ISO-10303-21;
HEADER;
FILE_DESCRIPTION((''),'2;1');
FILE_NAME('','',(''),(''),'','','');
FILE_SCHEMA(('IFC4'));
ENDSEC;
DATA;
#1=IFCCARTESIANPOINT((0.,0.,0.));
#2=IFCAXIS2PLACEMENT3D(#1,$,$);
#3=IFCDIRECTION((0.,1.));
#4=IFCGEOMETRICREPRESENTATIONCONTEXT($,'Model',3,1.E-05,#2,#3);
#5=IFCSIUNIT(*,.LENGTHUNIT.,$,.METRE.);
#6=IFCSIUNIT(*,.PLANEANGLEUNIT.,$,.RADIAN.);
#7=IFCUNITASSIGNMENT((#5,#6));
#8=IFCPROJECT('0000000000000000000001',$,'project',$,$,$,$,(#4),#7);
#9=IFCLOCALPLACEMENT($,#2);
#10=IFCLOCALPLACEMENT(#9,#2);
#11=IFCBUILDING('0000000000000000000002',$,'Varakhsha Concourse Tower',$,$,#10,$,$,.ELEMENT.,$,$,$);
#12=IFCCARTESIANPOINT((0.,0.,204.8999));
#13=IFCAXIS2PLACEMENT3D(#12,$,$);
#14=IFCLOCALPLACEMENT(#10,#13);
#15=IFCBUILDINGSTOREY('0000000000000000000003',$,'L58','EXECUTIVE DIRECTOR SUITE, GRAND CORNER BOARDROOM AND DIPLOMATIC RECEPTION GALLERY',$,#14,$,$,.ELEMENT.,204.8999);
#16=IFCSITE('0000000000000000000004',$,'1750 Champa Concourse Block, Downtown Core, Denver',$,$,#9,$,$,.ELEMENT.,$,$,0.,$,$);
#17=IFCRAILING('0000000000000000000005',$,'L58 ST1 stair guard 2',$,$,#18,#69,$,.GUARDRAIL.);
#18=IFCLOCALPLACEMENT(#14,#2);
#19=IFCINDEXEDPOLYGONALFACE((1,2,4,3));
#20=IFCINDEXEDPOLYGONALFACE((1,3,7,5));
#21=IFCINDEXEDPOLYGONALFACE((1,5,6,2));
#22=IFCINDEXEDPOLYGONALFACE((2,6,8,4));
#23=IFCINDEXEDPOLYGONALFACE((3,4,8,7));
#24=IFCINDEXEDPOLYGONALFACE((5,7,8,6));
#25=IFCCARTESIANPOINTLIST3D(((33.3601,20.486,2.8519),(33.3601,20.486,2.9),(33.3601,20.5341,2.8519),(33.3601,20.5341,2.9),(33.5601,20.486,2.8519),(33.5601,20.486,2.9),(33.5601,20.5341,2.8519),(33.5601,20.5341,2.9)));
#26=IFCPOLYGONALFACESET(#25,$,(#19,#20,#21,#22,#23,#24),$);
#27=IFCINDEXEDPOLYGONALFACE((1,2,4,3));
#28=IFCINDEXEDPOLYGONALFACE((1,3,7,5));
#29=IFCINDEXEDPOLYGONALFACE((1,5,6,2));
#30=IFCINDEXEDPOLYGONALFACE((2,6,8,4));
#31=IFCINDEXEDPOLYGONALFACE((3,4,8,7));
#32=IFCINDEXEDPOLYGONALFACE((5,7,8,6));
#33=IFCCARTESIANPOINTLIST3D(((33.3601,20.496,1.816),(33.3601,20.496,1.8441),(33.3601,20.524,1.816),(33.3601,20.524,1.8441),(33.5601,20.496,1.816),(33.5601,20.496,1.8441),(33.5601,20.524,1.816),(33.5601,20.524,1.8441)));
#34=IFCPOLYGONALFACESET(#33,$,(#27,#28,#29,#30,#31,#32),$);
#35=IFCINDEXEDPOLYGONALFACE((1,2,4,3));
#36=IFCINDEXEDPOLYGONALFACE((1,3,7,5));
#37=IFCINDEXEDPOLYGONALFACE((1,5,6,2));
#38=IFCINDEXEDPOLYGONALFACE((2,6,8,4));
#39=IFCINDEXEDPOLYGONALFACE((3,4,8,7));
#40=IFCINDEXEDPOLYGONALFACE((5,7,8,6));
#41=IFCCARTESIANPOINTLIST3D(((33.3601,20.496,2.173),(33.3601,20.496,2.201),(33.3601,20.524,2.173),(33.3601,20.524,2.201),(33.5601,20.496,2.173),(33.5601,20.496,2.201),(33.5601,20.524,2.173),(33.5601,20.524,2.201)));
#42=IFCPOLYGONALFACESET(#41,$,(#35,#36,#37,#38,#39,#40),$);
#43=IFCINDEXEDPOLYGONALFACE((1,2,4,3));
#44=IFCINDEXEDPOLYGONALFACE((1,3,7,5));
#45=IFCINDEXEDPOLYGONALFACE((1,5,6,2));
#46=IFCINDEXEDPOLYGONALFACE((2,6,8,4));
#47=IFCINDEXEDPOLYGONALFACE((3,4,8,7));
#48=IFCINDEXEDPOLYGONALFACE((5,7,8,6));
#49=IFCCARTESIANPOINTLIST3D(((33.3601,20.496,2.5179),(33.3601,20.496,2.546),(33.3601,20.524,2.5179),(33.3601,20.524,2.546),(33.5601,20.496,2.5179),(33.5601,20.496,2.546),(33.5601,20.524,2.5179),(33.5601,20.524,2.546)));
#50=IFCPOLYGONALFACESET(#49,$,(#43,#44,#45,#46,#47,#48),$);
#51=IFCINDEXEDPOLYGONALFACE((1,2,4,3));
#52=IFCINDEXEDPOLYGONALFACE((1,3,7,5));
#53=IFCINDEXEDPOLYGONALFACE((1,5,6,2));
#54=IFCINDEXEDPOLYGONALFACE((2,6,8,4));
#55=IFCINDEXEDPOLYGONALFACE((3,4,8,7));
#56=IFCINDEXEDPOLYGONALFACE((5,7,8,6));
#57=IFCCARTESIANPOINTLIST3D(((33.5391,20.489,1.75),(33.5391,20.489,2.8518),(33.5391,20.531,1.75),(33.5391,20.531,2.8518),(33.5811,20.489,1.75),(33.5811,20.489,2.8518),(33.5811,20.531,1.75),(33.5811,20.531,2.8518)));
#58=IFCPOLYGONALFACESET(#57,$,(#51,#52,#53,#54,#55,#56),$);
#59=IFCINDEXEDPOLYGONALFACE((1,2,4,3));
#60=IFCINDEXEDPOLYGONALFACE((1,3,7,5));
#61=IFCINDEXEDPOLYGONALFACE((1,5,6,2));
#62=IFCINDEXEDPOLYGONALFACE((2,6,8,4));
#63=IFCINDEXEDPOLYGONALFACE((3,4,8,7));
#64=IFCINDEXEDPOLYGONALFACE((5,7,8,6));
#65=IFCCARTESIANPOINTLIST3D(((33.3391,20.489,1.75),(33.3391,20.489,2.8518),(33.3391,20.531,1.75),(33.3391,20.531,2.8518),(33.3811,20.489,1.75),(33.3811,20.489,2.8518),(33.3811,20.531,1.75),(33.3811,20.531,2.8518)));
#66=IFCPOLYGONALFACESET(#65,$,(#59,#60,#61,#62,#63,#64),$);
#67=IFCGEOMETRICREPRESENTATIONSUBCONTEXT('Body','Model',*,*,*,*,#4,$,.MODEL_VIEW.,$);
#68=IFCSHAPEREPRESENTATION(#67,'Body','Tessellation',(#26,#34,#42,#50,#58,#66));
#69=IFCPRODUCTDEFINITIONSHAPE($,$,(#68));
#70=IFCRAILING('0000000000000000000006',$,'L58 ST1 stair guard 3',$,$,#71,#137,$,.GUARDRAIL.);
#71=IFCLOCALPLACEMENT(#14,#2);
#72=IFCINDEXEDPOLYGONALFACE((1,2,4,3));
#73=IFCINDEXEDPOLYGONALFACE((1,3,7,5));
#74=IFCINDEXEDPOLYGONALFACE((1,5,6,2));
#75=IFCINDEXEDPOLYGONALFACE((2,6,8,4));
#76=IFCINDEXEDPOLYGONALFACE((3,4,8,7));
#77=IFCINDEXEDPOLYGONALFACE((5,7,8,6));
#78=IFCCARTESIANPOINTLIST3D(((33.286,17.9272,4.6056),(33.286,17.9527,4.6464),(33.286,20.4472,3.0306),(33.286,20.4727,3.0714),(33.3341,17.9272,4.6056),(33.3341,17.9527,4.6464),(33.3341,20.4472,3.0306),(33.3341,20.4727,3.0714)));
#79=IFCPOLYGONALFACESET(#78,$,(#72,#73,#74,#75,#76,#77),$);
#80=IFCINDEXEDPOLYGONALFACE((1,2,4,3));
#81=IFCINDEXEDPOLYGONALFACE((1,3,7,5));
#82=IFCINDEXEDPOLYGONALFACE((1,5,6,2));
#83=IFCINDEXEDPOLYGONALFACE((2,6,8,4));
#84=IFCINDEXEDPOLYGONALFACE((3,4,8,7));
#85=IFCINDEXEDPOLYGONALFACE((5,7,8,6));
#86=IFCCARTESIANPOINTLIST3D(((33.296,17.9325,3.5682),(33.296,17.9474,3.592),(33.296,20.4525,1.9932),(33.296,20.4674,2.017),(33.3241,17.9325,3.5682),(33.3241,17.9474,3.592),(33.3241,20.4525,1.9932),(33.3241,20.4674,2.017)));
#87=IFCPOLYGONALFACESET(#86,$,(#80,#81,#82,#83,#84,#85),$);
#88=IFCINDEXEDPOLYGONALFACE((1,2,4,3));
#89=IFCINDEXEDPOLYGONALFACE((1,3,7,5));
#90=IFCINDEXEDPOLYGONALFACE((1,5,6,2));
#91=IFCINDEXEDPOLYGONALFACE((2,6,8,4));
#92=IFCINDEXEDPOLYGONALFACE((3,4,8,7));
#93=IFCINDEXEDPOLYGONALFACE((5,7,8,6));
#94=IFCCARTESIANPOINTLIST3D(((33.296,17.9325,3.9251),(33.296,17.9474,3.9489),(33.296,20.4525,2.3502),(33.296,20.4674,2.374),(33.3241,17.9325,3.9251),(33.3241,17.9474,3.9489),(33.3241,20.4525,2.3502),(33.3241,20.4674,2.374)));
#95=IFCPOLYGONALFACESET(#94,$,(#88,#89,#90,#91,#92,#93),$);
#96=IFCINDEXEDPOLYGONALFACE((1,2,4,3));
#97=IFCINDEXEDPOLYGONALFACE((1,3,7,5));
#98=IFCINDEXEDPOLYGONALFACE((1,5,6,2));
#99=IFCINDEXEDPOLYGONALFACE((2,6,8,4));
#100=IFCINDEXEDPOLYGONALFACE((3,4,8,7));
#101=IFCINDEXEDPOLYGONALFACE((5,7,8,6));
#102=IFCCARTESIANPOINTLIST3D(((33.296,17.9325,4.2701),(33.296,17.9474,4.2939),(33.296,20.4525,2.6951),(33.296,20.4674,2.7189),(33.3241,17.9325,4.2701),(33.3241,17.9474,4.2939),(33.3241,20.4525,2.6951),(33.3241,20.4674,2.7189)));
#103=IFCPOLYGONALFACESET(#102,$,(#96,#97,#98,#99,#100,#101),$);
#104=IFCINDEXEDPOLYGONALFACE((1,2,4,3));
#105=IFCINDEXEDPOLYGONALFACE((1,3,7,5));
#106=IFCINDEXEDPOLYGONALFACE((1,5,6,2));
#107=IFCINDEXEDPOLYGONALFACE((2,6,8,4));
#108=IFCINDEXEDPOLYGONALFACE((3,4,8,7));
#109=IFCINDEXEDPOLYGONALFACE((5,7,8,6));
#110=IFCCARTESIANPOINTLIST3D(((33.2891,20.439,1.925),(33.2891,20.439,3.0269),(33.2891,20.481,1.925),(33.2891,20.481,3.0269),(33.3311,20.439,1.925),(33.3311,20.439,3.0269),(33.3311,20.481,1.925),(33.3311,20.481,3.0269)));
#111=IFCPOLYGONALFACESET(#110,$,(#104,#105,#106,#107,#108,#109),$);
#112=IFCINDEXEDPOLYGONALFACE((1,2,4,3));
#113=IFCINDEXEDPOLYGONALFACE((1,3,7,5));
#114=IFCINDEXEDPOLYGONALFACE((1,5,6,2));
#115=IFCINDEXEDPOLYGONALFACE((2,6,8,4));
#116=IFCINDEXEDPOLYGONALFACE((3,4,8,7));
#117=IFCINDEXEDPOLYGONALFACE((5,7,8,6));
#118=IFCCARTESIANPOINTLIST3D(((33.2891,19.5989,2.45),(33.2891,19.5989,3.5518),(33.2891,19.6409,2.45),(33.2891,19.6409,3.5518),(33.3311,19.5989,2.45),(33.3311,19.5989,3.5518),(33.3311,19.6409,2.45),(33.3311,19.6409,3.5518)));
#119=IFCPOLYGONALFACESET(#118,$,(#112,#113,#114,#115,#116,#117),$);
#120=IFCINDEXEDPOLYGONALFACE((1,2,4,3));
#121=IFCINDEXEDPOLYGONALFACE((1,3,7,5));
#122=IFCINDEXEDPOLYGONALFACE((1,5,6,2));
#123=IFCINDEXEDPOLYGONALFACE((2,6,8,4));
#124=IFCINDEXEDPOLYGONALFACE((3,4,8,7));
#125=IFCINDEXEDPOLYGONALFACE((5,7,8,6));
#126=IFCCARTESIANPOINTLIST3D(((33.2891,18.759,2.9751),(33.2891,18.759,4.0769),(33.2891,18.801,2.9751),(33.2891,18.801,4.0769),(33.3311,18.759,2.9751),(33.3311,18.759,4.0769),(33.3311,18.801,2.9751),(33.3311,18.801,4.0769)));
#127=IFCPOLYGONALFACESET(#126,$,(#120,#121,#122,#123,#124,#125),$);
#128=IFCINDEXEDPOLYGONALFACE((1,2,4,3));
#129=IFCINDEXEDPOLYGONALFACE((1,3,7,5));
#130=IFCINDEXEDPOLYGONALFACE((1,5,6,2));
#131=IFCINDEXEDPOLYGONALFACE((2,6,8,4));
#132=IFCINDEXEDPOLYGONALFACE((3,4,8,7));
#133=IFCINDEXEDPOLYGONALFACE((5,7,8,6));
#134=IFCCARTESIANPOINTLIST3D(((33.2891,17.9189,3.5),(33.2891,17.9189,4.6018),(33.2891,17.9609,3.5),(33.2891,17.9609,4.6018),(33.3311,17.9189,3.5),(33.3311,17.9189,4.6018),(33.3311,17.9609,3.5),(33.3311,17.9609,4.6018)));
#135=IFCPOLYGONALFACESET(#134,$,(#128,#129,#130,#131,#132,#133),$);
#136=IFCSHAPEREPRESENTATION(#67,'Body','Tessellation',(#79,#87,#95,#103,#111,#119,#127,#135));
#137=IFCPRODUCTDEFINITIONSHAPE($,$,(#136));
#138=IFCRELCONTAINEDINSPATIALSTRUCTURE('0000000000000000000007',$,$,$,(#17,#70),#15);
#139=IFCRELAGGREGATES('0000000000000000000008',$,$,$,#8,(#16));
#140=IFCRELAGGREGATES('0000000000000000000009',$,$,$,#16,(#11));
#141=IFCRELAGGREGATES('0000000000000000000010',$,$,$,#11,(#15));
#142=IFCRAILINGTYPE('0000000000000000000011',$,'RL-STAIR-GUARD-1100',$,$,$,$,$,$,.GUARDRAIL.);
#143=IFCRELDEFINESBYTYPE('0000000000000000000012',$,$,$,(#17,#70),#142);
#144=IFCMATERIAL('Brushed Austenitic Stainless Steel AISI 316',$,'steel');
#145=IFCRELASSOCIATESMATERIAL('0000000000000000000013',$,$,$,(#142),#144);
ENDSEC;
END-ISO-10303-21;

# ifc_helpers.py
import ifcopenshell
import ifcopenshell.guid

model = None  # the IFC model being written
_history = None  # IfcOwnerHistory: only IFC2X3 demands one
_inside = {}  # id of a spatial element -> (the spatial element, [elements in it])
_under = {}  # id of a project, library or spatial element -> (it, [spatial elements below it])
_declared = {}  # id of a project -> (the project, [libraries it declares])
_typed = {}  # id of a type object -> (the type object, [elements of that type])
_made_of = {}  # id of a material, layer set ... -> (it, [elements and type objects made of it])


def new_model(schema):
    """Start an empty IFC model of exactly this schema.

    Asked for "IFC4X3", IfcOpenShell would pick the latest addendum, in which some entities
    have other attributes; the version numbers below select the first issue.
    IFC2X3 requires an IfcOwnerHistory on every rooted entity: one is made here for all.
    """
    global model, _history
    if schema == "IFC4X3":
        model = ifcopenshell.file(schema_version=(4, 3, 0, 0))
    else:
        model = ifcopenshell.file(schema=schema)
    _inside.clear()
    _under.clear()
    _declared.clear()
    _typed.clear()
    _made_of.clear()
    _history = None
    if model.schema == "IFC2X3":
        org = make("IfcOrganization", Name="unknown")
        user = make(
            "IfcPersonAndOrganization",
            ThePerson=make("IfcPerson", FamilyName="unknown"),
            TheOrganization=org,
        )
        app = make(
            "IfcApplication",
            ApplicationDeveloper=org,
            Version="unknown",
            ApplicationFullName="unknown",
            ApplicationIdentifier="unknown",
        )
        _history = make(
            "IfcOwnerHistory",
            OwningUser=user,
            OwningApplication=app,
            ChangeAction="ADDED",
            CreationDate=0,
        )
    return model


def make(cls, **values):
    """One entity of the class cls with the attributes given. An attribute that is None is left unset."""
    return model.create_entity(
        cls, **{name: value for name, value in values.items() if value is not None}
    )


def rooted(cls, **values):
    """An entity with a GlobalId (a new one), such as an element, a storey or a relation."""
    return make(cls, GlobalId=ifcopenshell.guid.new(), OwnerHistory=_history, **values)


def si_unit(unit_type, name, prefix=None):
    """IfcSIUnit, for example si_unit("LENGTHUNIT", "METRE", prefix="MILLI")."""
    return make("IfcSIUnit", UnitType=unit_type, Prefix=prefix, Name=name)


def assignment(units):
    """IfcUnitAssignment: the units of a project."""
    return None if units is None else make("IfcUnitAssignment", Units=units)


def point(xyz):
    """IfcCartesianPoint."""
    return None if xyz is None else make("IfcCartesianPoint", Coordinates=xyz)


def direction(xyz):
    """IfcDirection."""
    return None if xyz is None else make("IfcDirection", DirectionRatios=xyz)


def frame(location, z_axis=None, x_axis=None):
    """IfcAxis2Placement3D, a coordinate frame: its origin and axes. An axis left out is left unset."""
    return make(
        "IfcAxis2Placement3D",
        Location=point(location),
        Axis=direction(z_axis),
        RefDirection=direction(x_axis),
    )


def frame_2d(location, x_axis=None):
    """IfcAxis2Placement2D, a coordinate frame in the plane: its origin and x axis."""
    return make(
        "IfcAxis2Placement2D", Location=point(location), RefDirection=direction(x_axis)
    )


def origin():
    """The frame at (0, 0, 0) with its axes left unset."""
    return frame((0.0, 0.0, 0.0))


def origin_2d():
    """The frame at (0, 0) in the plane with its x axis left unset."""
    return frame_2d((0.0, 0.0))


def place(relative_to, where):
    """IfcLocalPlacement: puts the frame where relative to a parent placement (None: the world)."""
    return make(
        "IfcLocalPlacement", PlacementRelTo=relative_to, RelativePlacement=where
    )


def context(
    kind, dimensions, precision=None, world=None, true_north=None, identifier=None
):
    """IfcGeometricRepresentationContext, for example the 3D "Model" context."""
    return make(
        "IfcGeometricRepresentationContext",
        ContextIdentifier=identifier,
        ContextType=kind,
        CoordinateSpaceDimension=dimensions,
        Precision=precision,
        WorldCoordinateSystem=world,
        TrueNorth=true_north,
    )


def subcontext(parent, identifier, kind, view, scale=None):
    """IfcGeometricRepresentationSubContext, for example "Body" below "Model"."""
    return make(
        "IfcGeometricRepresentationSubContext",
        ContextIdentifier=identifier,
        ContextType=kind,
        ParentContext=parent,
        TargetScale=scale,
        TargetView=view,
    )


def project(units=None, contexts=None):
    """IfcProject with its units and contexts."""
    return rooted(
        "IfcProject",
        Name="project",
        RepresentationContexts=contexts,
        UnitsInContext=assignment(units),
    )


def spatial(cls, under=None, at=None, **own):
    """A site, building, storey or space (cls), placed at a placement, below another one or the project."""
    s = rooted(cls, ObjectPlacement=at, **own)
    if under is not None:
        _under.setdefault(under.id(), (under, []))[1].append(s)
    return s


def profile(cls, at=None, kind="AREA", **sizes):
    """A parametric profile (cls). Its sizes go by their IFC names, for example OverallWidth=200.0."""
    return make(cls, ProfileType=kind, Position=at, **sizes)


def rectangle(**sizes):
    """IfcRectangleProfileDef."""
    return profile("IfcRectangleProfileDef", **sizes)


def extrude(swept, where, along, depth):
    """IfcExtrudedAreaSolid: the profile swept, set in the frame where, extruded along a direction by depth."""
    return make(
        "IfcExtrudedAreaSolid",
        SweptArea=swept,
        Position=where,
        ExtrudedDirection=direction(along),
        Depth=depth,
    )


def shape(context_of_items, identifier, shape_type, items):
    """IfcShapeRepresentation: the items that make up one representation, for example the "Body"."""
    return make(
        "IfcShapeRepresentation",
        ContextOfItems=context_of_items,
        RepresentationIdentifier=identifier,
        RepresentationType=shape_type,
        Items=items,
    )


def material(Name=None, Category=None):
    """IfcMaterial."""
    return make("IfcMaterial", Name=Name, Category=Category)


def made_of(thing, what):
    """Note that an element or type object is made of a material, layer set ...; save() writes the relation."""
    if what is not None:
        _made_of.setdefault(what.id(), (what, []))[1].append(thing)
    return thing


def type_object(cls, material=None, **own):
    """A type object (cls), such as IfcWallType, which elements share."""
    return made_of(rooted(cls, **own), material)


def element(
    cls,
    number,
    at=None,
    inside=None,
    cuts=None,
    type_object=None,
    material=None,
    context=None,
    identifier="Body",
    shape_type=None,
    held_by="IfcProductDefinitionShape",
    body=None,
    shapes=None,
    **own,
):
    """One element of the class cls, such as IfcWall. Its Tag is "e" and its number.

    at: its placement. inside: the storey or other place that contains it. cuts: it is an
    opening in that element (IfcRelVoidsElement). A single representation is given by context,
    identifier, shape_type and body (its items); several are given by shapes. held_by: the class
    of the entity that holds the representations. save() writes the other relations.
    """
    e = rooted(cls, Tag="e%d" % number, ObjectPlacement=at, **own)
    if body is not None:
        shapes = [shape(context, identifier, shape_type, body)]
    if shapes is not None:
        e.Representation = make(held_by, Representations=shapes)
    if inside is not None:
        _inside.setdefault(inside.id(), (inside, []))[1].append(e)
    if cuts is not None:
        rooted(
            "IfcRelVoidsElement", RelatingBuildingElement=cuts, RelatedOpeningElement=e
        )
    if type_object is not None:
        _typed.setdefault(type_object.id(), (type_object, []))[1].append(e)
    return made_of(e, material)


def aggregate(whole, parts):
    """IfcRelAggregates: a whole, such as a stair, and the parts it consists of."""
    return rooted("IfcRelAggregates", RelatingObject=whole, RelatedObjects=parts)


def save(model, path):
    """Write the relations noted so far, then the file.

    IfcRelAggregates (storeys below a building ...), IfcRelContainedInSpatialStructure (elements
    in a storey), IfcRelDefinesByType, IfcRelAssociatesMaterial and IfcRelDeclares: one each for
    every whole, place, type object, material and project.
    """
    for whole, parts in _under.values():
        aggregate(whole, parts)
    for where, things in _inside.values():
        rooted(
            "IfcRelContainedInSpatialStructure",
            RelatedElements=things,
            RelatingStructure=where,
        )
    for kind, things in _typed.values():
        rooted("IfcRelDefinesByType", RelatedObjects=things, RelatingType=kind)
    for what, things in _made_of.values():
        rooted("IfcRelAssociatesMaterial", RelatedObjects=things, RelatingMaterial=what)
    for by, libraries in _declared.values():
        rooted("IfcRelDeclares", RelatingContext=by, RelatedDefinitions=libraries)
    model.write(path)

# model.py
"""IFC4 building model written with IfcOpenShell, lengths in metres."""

from ifc_helpers import new_model, si_unit, direction, frame, origin, origin_2d, place, context, subcontext, project, spatial, rectangle, extrude, material, type_object, element, save


model = new_model("IFC4")

# Units and contexts
model_context = context("Model", 3, precision=1e-05, world=origin(), true_north=direction((0.0, 1.0)))
body_context = subcontext(model_context, "Body", "Model", "MODEL_VIEW")
ifc_project = project(units=[si_unit("LENGTHUNIT", "METRE"), si_unit("PLANEANGLEUNIT", "RADIAN")], contexts=[model_context])

# Site, building, storey
site_placement = place(None, origin())
site = spatial("IfcSite", under=ifc_project, at=site_placement, Name="1750 Champa Concourse Block, Downtown Core, Denver", CompositionType="ELEMENT", RefElevation=0.0)
building_placement = place(site_placement, origin())
building = spatial("IfcBuilding", under=site, at=building_placement, Name="Varakhsha Concourse Tower", CompositionType="ELEMENT")
storey_placement = place(building_placement, frame((0.0, 0.0, 204.8999)))
storey = spatial("IfcBuildingStorey", under=building, at=storey_placement, Name="L58", Description="EXECUTIVE DIRECTOR SUITE, GRAND CORNER BOARDROOM AND DIPLOMATIC RECEPTION GALLERY", CompositionType="ELEMENT", Elevation=204.8999)

# Shared definitions
ifc_material_1 = material(Name="Brushed Austenitic Stainless Steel AISI 316", Category="steel")

# Railings
railing_type = type_object("IfcRailingType", Name="RL-STAIR-GUARD-1100", PredefinedType="GUARDRAIL", material=ifc_material_1)
railing_1_placement = place(storey_placement, frame((33.5601, 20.51, 1.75)))
element("IfcRailing", 1, at=railing_1_placement, inside=storey, type_object=railing_type, Name="L58 ST1 stair guard 2", PredefinedType="GUARDRAIL", context=body_context, shape_type="SweptSolid", body=[
    extrude(rectangle(XDim=0.0481, YDim=0.0481, at=origin_2d()), frame((0.0, 0.0, 1.126), z_axis=(-1.0, 0.0, 0.0), x_axis=(0.0, -1.0, 0.0)), (0.0, 0.0, 1.0), 0.2),
    extrude(rectangle(XDim=0.0281, YDim=0.0281, at=origin_2d()), frame((0.0, 0.0, 0.0801), z_axis=(-1.0, 0.0, 0.0), x_axis=(0.0, -1.0, 0.0)), (0.0, 0.0, 1.0), 0.2),
    extrude(rectangle(XDim=0.0281, YDim=0.0281, at=origin_2d()), frame((0.0, 0.0, 0.437), z_axis=(-1.0, 0.0, 0.0), x_axis=(0.0, -1.0, 0.0)), (0.0, 0.0, 1.0), 0.2),
    extrude(rectangle(XDim=0.0281, YDim=0.0281, at=origin_2d()), frame((0.0, 0.0, 0.782), z_axis=(-1.0, 0.0, 0.0), x_axis=(0.0, -1.0, 0.0)), (0.0, 0.0, 1.0), 0.2),
    extrude(rectangle(XDim=0.042, YDim=0.042, at=origin_2d()), origin(), (0.0, 0.0, 1.0), 1.1018),
    extrude(rectangle(XDim=0.042, YDim=0.042, at=origin_2d()), frame((-0.2, 0.0, 0.0)), (0.0, 0.0, 1.0), 1.1018),
])
railing_2_placement = place(storey_placement, frame((33.3101, 20.46, 1.925)))
element("IfcRailing", 2, at=railing_2_placement, inside=storey, type_object=railing_type, Name="L58 ST1 stair guard 3", PredefinedType="GUARDRAIL", context=body_context, shape_type="SweptSolid", body=[
    extrude(rectangle(XDim=0.0481, YDim=0.0481, at=origin_2d()), frame((0.0, 0.0, 1.126), z_axis=(0.0, -0.848008, 0.529984), x_axis=(1.0, 0.0, 0.0)), (0.0, 0.0, 1.0), 2.9717),
    extrude(rectangle(XDim=0.0281, YDim=0.0281, at=origin_2d()), frame((0.0, 0.0, 0.0801), z_axis=(0.0, -0.848008, 0.529984), x_axis=(1.0, 0.0, 0.0)), (0.0, 0.0, 1.0), 2.9717),
    extrude(rectangle(XDim=0.0281, YDim=0.0281, at=origin_2d()), frame((0.0, 0.0, 0.437), z_axis=(0.0, -0.848008, 0.529984), x_axis=(1.0, 0.0, 0.0)), (0.0, 0.0, 1.0), 2.9717),
    extrude(rectangle(XDim=0.0281, YDim=0.0281, at=origin_2d()), frame((0.0, 0.0, 0.782), z_axis=(0.0, -0.848008, 0.529984), x_axis=(1.0, 0.0, 0.0)), (0.0, 0.0, 1.0), 2.9717),
    extrude(rectangle(XDim=0.042, YDim=0.042, at=origin_2d()), origin(), (0.0, 0.0, 1.0), 1.1018),
    extrude(rectangle(XDim=0.042, YDim=0.042, at=origin_2d()), frame((0.0, -0.8401, 0.5249)), (0.0, 0.0, 1.0), 1.1018),
    extrude(rectangle(XDim=0.042, YDim=0.042, at=origin_2d()), frame((0.0, -1.6799, 1.05)), (0.0, 0.0, 1.0), 1.1018),
    extrude(rectangle(XDim=0.042, YDim=0.042, at=origin_2d()), frame((0.0, -2.52, 1.575)), (0.0, 0.0, 1.0), 1.1018),
])

save(model, "model.ifc")
